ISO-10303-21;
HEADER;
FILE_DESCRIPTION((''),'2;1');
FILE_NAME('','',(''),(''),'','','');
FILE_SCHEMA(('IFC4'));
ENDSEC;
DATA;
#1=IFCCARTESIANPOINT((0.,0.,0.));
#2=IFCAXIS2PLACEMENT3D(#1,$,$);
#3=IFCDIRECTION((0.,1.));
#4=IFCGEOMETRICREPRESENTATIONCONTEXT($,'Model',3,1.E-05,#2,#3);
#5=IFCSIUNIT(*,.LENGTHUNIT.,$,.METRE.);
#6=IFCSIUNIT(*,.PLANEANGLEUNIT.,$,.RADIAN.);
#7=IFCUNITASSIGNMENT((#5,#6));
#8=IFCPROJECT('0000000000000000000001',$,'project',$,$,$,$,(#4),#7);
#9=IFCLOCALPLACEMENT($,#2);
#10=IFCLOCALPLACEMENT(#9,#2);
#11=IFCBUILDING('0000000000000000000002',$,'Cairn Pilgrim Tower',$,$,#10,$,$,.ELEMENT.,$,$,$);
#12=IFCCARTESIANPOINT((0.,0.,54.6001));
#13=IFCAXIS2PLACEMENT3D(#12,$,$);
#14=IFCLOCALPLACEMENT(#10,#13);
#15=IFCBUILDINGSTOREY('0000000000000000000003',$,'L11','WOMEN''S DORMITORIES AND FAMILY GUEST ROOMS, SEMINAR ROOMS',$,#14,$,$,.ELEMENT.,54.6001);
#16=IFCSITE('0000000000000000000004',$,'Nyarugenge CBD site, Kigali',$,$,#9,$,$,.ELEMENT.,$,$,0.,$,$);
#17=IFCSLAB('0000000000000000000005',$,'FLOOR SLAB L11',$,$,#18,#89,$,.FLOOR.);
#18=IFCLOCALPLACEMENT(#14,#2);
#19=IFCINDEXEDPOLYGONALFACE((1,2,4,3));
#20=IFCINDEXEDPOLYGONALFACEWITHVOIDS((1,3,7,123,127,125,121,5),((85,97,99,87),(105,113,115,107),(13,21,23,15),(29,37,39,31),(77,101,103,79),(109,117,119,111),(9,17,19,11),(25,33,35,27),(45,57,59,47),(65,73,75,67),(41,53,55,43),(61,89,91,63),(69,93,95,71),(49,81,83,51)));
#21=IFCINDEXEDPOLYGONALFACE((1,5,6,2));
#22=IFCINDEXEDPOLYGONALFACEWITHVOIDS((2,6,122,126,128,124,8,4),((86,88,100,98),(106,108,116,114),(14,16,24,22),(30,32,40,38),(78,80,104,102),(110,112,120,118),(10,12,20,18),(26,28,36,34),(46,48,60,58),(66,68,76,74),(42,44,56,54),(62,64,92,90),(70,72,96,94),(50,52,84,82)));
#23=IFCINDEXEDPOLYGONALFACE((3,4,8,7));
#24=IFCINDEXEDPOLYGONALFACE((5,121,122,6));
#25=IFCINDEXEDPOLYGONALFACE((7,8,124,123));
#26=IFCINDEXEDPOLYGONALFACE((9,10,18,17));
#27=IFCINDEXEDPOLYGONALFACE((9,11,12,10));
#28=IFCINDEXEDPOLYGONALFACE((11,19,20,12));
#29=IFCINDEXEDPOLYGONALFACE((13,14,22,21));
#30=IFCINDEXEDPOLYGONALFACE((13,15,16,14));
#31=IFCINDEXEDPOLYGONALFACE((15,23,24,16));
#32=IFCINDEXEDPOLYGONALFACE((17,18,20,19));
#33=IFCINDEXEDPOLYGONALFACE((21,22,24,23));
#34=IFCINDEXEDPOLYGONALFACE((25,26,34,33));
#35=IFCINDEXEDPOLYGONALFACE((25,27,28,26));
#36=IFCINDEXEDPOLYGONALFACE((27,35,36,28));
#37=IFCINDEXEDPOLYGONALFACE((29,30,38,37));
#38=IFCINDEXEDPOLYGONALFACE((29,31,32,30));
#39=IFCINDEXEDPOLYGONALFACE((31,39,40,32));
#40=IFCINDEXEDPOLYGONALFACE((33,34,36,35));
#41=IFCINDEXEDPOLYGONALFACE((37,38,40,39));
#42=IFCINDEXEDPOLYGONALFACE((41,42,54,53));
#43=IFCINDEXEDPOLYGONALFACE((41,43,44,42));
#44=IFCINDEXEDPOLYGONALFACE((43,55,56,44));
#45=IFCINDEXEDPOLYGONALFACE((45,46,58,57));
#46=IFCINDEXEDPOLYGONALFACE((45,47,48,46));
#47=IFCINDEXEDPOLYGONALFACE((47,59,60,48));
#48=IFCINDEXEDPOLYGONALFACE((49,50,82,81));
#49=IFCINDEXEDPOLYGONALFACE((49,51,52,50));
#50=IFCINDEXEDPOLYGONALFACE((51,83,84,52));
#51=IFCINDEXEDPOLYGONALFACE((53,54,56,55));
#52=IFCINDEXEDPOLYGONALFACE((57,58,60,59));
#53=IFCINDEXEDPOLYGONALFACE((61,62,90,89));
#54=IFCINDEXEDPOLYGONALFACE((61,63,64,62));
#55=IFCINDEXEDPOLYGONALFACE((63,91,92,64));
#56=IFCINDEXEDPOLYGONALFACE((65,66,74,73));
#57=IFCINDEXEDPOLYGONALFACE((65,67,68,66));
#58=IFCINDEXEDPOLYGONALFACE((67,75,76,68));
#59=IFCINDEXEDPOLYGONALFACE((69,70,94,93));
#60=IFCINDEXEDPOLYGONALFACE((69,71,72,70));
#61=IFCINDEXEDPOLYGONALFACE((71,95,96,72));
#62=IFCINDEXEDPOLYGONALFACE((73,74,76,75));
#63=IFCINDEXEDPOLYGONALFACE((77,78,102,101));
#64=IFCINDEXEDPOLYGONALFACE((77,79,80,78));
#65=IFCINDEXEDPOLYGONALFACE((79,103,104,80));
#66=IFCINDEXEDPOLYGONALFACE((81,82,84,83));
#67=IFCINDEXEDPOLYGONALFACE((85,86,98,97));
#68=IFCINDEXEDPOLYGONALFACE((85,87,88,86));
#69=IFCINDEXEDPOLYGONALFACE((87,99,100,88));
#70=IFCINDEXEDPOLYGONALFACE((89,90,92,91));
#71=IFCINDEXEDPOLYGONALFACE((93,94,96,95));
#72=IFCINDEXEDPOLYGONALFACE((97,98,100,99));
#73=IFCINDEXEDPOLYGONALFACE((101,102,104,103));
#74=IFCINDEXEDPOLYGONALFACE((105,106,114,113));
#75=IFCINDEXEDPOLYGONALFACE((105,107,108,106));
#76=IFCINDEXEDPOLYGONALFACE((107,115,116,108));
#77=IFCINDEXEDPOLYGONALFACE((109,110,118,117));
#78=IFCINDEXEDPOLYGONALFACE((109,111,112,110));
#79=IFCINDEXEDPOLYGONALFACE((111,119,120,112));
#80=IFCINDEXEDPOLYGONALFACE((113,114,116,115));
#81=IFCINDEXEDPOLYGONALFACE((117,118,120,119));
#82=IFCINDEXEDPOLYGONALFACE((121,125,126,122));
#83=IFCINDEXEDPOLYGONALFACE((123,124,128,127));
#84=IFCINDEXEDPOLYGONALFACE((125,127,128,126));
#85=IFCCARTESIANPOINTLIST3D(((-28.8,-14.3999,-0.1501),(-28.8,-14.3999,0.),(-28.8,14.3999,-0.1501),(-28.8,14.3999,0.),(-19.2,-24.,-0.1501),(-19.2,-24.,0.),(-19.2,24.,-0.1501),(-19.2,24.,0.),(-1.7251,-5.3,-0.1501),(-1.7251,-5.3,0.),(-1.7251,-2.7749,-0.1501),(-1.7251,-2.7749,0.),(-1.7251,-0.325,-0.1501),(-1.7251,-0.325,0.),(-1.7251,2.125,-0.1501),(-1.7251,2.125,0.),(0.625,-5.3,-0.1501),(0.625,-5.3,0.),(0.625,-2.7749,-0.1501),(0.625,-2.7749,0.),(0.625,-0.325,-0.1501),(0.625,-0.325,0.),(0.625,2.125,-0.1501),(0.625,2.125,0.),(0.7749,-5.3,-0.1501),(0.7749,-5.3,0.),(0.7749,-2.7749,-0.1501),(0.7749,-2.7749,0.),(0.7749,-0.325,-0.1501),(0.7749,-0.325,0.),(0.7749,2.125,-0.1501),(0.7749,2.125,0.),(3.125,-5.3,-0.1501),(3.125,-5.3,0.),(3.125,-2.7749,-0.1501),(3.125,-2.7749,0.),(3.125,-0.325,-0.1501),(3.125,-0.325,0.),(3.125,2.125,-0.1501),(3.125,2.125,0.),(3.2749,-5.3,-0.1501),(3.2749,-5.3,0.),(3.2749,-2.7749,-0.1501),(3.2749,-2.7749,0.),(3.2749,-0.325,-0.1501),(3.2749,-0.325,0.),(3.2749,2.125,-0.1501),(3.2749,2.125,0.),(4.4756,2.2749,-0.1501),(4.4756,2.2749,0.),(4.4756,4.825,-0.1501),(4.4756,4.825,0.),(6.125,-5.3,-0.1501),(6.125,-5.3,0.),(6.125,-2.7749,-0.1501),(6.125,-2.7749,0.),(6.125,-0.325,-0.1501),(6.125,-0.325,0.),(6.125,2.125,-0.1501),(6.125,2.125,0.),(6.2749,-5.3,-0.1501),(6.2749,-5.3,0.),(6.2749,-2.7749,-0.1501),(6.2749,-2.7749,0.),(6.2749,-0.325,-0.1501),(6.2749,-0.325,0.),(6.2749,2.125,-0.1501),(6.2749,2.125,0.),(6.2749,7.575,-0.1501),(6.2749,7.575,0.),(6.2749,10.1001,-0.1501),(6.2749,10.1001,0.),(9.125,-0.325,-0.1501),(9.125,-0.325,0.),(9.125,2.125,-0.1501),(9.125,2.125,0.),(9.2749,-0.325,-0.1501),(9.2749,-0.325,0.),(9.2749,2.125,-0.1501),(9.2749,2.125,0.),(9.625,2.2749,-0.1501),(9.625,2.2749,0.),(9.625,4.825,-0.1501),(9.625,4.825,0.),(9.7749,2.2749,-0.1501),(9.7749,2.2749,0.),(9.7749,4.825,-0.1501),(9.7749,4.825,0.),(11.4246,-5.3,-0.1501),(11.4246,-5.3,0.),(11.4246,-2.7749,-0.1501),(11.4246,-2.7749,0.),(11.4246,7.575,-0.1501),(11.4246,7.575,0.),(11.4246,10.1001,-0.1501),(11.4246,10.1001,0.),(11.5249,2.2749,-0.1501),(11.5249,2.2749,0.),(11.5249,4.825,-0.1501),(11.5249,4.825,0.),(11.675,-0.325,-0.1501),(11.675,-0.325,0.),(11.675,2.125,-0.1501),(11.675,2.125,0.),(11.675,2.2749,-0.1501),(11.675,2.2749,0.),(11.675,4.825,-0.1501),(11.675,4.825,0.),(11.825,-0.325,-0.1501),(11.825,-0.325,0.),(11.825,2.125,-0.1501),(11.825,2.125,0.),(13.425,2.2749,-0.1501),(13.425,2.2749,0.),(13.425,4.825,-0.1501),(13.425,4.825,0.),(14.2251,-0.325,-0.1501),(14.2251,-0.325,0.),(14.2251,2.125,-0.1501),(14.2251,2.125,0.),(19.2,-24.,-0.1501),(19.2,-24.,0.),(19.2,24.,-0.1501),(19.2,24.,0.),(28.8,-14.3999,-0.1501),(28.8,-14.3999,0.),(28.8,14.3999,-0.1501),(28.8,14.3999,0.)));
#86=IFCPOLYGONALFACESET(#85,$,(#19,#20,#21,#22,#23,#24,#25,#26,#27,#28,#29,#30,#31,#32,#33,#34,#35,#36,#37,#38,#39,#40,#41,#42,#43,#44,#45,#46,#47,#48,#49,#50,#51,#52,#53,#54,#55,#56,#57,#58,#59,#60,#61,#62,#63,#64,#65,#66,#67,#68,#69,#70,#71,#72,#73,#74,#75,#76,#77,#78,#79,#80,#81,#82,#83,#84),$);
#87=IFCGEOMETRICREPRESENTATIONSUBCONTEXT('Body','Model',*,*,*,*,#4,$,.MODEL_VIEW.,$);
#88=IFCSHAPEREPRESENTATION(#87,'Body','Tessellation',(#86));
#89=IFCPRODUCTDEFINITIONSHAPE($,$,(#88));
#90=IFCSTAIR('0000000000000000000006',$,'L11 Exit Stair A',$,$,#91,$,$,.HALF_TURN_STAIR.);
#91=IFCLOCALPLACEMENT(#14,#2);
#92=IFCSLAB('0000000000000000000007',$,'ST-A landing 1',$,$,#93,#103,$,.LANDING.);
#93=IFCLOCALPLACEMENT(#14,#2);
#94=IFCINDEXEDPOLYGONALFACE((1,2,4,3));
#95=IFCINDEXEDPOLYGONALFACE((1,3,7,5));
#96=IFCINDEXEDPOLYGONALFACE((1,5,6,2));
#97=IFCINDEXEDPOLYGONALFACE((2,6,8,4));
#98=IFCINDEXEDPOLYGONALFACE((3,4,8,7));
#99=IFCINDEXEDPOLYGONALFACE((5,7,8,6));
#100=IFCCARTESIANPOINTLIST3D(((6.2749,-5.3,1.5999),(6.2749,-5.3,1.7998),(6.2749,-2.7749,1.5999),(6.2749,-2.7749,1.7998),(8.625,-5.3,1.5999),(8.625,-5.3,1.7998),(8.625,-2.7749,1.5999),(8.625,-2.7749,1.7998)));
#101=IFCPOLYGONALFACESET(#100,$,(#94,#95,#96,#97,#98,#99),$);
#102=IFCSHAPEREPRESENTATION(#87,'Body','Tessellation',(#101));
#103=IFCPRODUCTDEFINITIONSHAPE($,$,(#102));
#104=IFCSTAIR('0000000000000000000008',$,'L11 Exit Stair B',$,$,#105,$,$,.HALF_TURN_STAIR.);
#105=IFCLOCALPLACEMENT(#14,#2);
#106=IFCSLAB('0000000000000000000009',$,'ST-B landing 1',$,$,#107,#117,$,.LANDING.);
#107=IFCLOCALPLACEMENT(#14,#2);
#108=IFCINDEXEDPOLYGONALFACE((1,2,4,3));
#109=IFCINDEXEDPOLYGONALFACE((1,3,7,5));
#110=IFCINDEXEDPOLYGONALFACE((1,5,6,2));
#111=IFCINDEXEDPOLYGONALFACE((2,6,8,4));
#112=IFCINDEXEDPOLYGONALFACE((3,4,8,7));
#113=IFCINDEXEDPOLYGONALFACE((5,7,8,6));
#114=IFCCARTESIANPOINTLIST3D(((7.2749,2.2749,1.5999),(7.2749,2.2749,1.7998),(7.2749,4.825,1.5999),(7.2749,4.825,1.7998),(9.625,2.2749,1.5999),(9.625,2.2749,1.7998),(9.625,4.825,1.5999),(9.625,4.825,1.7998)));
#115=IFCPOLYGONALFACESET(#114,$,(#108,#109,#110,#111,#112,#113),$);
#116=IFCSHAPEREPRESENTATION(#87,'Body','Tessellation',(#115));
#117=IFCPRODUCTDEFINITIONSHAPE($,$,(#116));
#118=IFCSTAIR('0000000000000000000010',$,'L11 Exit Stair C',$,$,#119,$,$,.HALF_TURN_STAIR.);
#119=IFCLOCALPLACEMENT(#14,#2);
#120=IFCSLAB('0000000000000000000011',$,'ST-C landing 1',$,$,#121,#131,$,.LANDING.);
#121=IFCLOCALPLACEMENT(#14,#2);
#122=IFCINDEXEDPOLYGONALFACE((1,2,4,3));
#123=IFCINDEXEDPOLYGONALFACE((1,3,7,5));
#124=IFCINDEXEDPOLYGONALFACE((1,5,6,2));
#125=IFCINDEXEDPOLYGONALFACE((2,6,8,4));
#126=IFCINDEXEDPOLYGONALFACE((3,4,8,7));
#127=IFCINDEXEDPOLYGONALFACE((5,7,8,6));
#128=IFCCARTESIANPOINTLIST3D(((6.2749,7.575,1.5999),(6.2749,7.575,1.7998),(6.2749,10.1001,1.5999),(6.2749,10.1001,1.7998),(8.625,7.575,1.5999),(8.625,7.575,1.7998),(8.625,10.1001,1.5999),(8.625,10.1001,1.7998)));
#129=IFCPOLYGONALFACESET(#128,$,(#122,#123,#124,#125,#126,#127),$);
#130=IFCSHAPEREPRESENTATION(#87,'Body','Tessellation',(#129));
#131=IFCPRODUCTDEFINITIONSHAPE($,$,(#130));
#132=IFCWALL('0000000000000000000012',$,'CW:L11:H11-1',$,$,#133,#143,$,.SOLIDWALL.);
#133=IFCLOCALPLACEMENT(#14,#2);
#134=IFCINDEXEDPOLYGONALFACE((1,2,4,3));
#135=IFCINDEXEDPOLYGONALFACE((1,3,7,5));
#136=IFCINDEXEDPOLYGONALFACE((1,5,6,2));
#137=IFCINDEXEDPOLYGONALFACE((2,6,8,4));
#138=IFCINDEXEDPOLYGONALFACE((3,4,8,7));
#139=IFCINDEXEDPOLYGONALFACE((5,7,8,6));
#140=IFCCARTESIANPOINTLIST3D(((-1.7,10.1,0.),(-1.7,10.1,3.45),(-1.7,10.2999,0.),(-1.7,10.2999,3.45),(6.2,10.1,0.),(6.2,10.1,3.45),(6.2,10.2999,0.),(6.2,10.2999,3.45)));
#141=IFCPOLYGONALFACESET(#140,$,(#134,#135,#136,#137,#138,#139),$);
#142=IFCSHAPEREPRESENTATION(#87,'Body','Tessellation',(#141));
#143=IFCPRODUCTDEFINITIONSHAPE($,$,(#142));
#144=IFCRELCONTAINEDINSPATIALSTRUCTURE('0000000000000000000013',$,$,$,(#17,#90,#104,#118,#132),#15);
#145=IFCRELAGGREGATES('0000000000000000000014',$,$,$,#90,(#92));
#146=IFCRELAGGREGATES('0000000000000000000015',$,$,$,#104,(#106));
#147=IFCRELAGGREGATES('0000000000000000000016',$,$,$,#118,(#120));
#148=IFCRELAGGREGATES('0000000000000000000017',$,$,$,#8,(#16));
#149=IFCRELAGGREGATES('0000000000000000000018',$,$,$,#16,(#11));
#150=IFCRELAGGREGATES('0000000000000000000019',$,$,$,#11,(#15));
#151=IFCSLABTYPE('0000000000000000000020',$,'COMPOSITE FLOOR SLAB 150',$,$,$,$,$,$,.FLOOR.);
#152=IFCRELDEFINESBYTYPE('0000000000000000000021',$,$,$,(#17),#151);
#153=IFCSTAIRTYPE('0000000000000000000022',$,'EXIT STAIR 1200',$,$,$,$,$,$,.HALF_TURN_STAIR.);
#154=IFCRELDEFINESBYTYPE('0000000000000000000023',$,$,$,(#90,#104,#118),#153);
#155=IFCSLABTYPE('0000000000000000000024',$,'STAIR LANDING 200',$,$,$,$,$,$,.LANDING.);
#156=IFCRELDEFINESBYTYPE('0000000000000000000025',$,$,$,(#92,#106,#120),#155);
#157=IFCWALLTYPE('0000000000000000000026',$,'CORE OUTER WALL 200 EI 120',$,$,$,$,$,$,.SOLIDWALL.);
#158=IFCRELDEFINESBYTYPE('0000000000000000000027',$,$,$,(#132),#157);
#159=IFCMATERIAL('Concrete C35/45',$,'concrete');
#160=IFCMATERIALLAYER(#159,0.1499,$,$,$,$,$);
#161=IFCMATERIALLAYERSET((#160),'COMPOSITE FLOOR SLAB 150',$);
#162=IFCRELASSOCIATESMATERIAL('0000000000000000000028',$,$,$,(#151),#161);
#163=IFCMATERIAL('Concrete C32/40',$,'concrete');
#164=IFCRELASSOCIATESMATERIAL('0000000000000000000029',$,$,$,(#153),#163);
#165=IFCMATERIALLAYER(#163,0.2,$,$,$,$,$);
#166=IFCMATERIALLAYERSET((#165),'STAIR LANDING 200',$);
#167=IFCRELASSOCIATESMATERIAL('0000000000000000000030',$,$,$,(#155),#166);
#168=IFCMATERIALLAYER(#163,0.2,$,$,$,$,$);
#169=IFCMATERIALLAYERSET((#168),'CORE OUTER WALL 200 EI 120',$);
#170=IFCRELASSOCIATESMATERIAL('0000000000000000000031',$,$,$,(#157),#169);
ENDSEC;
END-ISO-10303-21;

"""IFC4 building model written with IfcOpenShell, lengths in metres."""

from ifc_helpers import new_model, si_unit, direction, frame, frame_2d, origin, place, context, subcontext, project, spatial, polyline, rectangle, outline, extrude, material, layer, layer_set, type_object, element, aggregate, save


model = new_model("IFC4")

# Units and contexts
model_context = context("Model", 3, precision=1e-05, world=origin(), true_north=direction((0.0, 1.0)))
body_context = subcontext(model_context, "Body", "Model", "MODEL_VIEW")
ifc_project = project(units=[si_unit("LENGTHUNIT", "METRE"), si_unit("PLANEANGLEUNIT", "RADIAN")], contexts=[model_context])

# Site, building, storey
site_placement = place(None, origin())
site = spatial("IfcSite", under=ifc_project, at=site_placement, Name="Nyarugenge CBD site, Kigali", CompositionType="ELEMENT", RefElevation=0.0)
building_placement = place(site_placement, origin())
building = spatial("IfcBuilding", under=site, at=building_placement, Name="Cairn Pilgrim Tower", CompositionType="ELEMENT")
storey_placement = place(building_placement, frame((0.0, 0.0, 54.6001)))
storey = spatial("IfcBuildingStorey", under=building, at=storey_placement, Name="L11", Description="WOMEN'S DORMITORIES AND FAMILY GUEST ROOMS, SEMINAR ROOMS", CompositionType="ELEMENT", Elevation=54.6001)

# Slab
ifc_material_1 = material(Name="Concrete C35/45", Category="concrete")
ifc_layer_1 = layer(ifc_material_1, 0.1499)
ifc_layer_set_1 = layer_set([ifc_layer_1], Name="COMPOSITE FLOOR SLAB 150")
slab_type_1 = type_object("IfcSlabType", Name="COMPOSITE FLOOR SLAB 150", PredefinedType="FLOOR", material=ifc_layer_set_1)
slab_1_placement = place(storey_placement, frame((0.0, 0.0, -0.1501)))
element("IfcSlab", 1, at=slab_1_placement, inside=storey, type_object=slab_type_1, Name="FLOOR SLAB L11", PredefinedType="FLOOR", context=body_context, shape_type="SweptSolid", body=[
    extrude(outline(polyline([(-19.2, -24.0), (19.2, -24.0), (28.8, -14.3999), (28.8, 14.3999), (19.2, 24.0), (-19.2, 24.0), (-28.8, 14.3999), (-28.8, -14.3999), (-19.2, -24.0)]), holes=[polyline([(-1.7251, -5.3), (0.625, -5.3), (0.625, -2.7749), (-1.7251, -2.7749), (-1.7251, -5.3)]), polyline([(0.7749, -5.3), (3.125, -5.3), (3.125, -2.7749), (0.7749, -2.7749), (0.7749, -5.3)]), polyline([(-1.7251, -0.325), (0.625, -0.325), (0.625, 2.125), (-1.7251, 2.125), (-1.7251, -0.325)]), polyline([(0.7749, -0.325), (3.125, -0.325), (3.125, 2.125), (0.7749, 2.125), (0.7749, -0.325)]), polyline([(3.2749, -5.3), (6.125, -5.3), (6.125, -2.7749), (3.2749, -2.7749), (3.2749, -5.3)]), polyline([(3.2749, -0.325), (6.125, -0.325), (6.125, 2.125), (3.2749, 2.125), (3.2749, -0.325)]), polyline([(6.2749, -0.325), (9.125, -0.325), (9.125, 2.125), (6.2749, 2.125), (6.2749, -0.325)]), polyline([(9.2749, -0.325), (11.675, -0.325), (11.675, 2.125), (9.2749, 2.125), (9.2749, -0.325)]), polyline([(11.825, -0.325), (14.2251, -0.325), (14.2251, 2.125), (11.825, 2.125), (11.825, -0.325)]), polyline([(9.7749, 2.2749), (11.5249, 2.2749), (11.5249, 4.825), (9.7749, 4.825), (9.7749, 2.2749)]), polyline([(11.675, 2.2749), (13.425, 2.2749), (13.425, 4.825), (11.675, 4.825), (11.675, 2.2749)]), polyline([(11.4246, -2.7749), (6.2749, -2.7749), (6.2749, -5.3), (11.4246, -5.3), (11.4246, -2.7749)]), polyline([(4.4756, 2.2749), (9.625, 2.2749), (9.625, 4.825), (4.4756, 4.825), (4.4756, 2.2749)]), polyline([(11.4246, 10.1001), (6.2749, 10.1001), (6.2749, 7.575), (11.4246, 7.575), (11.4246, 10.1001)])]), origin(), (0.0, 0.0, 1.0), 0.1501),
])

# Stairs, slabs
ifc_material_2 = material(Name="Concrete C32/40", Category="concrete")
stair_type = type_object("IfcStairType", Name="EXIT STAIR 1200", PredefinedType="HALF_TURN_STAIR", material=ifc_material_2)
stair_1_placement = place(storey_placement, origin())
stair_1 = element("IfcStair", 2, at=stair_1_placement, inside=storey, type_object=stair_type, Name="L11 Exit Stair A", PredefinedType="HALF_TURN_STAIR")
ifc_layer_2 = layer(ifc_material_2, 0.2)
ifc_layer_set_2 = layer_set([ifc_layer_2], Name="STAIR LANDING 200")
slab_type_2 = type_object("IfcSlabType", Name="STAIR LANDING 200", PredefinedType="LANDING", material=ifc_layer_set_2)
slab_2_placement = place(storey_placement, frame((0.0, 0.0, 1.5999)))
slab_2 = element("IfcSlab", 3, at=slab_2_placement, type_object=slab_type_2, Name="ST-A landing 1", PredefinedType="LANDING", context=body_context, shape_type="SweptSolid", body=[
    extrude(outline(polyline([(8.625, -2.7749), (6.2749, -2.7749), (6.2749, -5.3), (8.625, -5.3), (8.625, -2.7749)])), origin(), (0.0, 0.0, 1.0), 0.2),
])
aggregate(stair_1, [slab_2])
stair_2_placement = place(storey_placement, origin())
stair_2 = element("IfcStair", 4, at=stair_2_placement, inside=storey, type_object=stair_type, Name="L11 Exit Stair B", PredefinedType="HALF_TURN_STAIR")
slab_3_placement = place(storey_placement, frame((0.0, 0.0, 1.5999)))
slab_3 = element("IfcSlab", 5, at=slab_3_placement, type_object=slab_type_2, Name="ST-B landing 1", PredefinedType="LANDING", context=body_context, shape_type="SweptSolid", body=[
    extrude(outline(polyline([(7.2749, 2.2749), (9.625, 2.2749), (9.625, 4.825), (7.2749, 4.825), (7.2749, 2.2749)])), origin(), (0.0, 0.0, 1.0), 0.2),
])
aggregate(stair_2, [slab_3])
stair_3_placement = place(storey_placement, origin())
stair_3 = element("IfcStair", 6, at=stair_3_placement, inside=storey, type_object=stair_type, Name="L11 Exit Stair C", PredefinedType="HALF_TURN_STAIR")
slab_4_placement = place(storey_placement, frame((0.0, 0.0, 1.5999)))
slab_4 = element("IfcSlab", 7, at=slab_4_placement, type_object=slab_type_2, Name="ST-C landing 1", PredefinedType="LANDING", context=body_context, shape_type="SweptSolid", body=[
    extrude(outline(polyline([(8.625, 10.1001), (6.2749, 10.1001), (6.2749, 7.575), (8.625, 7.575), (8.625, 10.1001)])), origin(), (0.0, 0.0, 1.0), 0.2),
])
aggregate(stair_3, [slab_4])

# Wall
ifc_layer_3 = layer(ifc_material_2, 0.2)
ifc_layer_set_3 = layer_set([ifc_layer_3], Name="CORE OUTER WALL 200 EI 120")
wall_type_1 = type_object("IfcWallType", Name="CORE OUTER WALL 200 EI 120", PredefinedType="SOLIDWALL", material=ifc_layer_set_3)
wall_1_placement = place(storey_placement, frame((-1.7, 10.2, 0.0), z_axis=(0.0, 0.0, 1.0), x_axis=(1.0, 0.0, 0.0)))
element("IfcWall", 8, at=wall_1_placement, inside=storey, type_object=wall_type_1, Name="CW:L11:H11-1", PredefinedType="SOLIDWALL", context=body_context, shape_type="SweptSolid", body=[
    extrude(rectangle(XDim=7.8999, YDim=0.2, at=frame_2d((3.95, 0.0))), origin(), (0.0, 0.0, 1.0), 3.45),
])

save(model, "model.ifc")
